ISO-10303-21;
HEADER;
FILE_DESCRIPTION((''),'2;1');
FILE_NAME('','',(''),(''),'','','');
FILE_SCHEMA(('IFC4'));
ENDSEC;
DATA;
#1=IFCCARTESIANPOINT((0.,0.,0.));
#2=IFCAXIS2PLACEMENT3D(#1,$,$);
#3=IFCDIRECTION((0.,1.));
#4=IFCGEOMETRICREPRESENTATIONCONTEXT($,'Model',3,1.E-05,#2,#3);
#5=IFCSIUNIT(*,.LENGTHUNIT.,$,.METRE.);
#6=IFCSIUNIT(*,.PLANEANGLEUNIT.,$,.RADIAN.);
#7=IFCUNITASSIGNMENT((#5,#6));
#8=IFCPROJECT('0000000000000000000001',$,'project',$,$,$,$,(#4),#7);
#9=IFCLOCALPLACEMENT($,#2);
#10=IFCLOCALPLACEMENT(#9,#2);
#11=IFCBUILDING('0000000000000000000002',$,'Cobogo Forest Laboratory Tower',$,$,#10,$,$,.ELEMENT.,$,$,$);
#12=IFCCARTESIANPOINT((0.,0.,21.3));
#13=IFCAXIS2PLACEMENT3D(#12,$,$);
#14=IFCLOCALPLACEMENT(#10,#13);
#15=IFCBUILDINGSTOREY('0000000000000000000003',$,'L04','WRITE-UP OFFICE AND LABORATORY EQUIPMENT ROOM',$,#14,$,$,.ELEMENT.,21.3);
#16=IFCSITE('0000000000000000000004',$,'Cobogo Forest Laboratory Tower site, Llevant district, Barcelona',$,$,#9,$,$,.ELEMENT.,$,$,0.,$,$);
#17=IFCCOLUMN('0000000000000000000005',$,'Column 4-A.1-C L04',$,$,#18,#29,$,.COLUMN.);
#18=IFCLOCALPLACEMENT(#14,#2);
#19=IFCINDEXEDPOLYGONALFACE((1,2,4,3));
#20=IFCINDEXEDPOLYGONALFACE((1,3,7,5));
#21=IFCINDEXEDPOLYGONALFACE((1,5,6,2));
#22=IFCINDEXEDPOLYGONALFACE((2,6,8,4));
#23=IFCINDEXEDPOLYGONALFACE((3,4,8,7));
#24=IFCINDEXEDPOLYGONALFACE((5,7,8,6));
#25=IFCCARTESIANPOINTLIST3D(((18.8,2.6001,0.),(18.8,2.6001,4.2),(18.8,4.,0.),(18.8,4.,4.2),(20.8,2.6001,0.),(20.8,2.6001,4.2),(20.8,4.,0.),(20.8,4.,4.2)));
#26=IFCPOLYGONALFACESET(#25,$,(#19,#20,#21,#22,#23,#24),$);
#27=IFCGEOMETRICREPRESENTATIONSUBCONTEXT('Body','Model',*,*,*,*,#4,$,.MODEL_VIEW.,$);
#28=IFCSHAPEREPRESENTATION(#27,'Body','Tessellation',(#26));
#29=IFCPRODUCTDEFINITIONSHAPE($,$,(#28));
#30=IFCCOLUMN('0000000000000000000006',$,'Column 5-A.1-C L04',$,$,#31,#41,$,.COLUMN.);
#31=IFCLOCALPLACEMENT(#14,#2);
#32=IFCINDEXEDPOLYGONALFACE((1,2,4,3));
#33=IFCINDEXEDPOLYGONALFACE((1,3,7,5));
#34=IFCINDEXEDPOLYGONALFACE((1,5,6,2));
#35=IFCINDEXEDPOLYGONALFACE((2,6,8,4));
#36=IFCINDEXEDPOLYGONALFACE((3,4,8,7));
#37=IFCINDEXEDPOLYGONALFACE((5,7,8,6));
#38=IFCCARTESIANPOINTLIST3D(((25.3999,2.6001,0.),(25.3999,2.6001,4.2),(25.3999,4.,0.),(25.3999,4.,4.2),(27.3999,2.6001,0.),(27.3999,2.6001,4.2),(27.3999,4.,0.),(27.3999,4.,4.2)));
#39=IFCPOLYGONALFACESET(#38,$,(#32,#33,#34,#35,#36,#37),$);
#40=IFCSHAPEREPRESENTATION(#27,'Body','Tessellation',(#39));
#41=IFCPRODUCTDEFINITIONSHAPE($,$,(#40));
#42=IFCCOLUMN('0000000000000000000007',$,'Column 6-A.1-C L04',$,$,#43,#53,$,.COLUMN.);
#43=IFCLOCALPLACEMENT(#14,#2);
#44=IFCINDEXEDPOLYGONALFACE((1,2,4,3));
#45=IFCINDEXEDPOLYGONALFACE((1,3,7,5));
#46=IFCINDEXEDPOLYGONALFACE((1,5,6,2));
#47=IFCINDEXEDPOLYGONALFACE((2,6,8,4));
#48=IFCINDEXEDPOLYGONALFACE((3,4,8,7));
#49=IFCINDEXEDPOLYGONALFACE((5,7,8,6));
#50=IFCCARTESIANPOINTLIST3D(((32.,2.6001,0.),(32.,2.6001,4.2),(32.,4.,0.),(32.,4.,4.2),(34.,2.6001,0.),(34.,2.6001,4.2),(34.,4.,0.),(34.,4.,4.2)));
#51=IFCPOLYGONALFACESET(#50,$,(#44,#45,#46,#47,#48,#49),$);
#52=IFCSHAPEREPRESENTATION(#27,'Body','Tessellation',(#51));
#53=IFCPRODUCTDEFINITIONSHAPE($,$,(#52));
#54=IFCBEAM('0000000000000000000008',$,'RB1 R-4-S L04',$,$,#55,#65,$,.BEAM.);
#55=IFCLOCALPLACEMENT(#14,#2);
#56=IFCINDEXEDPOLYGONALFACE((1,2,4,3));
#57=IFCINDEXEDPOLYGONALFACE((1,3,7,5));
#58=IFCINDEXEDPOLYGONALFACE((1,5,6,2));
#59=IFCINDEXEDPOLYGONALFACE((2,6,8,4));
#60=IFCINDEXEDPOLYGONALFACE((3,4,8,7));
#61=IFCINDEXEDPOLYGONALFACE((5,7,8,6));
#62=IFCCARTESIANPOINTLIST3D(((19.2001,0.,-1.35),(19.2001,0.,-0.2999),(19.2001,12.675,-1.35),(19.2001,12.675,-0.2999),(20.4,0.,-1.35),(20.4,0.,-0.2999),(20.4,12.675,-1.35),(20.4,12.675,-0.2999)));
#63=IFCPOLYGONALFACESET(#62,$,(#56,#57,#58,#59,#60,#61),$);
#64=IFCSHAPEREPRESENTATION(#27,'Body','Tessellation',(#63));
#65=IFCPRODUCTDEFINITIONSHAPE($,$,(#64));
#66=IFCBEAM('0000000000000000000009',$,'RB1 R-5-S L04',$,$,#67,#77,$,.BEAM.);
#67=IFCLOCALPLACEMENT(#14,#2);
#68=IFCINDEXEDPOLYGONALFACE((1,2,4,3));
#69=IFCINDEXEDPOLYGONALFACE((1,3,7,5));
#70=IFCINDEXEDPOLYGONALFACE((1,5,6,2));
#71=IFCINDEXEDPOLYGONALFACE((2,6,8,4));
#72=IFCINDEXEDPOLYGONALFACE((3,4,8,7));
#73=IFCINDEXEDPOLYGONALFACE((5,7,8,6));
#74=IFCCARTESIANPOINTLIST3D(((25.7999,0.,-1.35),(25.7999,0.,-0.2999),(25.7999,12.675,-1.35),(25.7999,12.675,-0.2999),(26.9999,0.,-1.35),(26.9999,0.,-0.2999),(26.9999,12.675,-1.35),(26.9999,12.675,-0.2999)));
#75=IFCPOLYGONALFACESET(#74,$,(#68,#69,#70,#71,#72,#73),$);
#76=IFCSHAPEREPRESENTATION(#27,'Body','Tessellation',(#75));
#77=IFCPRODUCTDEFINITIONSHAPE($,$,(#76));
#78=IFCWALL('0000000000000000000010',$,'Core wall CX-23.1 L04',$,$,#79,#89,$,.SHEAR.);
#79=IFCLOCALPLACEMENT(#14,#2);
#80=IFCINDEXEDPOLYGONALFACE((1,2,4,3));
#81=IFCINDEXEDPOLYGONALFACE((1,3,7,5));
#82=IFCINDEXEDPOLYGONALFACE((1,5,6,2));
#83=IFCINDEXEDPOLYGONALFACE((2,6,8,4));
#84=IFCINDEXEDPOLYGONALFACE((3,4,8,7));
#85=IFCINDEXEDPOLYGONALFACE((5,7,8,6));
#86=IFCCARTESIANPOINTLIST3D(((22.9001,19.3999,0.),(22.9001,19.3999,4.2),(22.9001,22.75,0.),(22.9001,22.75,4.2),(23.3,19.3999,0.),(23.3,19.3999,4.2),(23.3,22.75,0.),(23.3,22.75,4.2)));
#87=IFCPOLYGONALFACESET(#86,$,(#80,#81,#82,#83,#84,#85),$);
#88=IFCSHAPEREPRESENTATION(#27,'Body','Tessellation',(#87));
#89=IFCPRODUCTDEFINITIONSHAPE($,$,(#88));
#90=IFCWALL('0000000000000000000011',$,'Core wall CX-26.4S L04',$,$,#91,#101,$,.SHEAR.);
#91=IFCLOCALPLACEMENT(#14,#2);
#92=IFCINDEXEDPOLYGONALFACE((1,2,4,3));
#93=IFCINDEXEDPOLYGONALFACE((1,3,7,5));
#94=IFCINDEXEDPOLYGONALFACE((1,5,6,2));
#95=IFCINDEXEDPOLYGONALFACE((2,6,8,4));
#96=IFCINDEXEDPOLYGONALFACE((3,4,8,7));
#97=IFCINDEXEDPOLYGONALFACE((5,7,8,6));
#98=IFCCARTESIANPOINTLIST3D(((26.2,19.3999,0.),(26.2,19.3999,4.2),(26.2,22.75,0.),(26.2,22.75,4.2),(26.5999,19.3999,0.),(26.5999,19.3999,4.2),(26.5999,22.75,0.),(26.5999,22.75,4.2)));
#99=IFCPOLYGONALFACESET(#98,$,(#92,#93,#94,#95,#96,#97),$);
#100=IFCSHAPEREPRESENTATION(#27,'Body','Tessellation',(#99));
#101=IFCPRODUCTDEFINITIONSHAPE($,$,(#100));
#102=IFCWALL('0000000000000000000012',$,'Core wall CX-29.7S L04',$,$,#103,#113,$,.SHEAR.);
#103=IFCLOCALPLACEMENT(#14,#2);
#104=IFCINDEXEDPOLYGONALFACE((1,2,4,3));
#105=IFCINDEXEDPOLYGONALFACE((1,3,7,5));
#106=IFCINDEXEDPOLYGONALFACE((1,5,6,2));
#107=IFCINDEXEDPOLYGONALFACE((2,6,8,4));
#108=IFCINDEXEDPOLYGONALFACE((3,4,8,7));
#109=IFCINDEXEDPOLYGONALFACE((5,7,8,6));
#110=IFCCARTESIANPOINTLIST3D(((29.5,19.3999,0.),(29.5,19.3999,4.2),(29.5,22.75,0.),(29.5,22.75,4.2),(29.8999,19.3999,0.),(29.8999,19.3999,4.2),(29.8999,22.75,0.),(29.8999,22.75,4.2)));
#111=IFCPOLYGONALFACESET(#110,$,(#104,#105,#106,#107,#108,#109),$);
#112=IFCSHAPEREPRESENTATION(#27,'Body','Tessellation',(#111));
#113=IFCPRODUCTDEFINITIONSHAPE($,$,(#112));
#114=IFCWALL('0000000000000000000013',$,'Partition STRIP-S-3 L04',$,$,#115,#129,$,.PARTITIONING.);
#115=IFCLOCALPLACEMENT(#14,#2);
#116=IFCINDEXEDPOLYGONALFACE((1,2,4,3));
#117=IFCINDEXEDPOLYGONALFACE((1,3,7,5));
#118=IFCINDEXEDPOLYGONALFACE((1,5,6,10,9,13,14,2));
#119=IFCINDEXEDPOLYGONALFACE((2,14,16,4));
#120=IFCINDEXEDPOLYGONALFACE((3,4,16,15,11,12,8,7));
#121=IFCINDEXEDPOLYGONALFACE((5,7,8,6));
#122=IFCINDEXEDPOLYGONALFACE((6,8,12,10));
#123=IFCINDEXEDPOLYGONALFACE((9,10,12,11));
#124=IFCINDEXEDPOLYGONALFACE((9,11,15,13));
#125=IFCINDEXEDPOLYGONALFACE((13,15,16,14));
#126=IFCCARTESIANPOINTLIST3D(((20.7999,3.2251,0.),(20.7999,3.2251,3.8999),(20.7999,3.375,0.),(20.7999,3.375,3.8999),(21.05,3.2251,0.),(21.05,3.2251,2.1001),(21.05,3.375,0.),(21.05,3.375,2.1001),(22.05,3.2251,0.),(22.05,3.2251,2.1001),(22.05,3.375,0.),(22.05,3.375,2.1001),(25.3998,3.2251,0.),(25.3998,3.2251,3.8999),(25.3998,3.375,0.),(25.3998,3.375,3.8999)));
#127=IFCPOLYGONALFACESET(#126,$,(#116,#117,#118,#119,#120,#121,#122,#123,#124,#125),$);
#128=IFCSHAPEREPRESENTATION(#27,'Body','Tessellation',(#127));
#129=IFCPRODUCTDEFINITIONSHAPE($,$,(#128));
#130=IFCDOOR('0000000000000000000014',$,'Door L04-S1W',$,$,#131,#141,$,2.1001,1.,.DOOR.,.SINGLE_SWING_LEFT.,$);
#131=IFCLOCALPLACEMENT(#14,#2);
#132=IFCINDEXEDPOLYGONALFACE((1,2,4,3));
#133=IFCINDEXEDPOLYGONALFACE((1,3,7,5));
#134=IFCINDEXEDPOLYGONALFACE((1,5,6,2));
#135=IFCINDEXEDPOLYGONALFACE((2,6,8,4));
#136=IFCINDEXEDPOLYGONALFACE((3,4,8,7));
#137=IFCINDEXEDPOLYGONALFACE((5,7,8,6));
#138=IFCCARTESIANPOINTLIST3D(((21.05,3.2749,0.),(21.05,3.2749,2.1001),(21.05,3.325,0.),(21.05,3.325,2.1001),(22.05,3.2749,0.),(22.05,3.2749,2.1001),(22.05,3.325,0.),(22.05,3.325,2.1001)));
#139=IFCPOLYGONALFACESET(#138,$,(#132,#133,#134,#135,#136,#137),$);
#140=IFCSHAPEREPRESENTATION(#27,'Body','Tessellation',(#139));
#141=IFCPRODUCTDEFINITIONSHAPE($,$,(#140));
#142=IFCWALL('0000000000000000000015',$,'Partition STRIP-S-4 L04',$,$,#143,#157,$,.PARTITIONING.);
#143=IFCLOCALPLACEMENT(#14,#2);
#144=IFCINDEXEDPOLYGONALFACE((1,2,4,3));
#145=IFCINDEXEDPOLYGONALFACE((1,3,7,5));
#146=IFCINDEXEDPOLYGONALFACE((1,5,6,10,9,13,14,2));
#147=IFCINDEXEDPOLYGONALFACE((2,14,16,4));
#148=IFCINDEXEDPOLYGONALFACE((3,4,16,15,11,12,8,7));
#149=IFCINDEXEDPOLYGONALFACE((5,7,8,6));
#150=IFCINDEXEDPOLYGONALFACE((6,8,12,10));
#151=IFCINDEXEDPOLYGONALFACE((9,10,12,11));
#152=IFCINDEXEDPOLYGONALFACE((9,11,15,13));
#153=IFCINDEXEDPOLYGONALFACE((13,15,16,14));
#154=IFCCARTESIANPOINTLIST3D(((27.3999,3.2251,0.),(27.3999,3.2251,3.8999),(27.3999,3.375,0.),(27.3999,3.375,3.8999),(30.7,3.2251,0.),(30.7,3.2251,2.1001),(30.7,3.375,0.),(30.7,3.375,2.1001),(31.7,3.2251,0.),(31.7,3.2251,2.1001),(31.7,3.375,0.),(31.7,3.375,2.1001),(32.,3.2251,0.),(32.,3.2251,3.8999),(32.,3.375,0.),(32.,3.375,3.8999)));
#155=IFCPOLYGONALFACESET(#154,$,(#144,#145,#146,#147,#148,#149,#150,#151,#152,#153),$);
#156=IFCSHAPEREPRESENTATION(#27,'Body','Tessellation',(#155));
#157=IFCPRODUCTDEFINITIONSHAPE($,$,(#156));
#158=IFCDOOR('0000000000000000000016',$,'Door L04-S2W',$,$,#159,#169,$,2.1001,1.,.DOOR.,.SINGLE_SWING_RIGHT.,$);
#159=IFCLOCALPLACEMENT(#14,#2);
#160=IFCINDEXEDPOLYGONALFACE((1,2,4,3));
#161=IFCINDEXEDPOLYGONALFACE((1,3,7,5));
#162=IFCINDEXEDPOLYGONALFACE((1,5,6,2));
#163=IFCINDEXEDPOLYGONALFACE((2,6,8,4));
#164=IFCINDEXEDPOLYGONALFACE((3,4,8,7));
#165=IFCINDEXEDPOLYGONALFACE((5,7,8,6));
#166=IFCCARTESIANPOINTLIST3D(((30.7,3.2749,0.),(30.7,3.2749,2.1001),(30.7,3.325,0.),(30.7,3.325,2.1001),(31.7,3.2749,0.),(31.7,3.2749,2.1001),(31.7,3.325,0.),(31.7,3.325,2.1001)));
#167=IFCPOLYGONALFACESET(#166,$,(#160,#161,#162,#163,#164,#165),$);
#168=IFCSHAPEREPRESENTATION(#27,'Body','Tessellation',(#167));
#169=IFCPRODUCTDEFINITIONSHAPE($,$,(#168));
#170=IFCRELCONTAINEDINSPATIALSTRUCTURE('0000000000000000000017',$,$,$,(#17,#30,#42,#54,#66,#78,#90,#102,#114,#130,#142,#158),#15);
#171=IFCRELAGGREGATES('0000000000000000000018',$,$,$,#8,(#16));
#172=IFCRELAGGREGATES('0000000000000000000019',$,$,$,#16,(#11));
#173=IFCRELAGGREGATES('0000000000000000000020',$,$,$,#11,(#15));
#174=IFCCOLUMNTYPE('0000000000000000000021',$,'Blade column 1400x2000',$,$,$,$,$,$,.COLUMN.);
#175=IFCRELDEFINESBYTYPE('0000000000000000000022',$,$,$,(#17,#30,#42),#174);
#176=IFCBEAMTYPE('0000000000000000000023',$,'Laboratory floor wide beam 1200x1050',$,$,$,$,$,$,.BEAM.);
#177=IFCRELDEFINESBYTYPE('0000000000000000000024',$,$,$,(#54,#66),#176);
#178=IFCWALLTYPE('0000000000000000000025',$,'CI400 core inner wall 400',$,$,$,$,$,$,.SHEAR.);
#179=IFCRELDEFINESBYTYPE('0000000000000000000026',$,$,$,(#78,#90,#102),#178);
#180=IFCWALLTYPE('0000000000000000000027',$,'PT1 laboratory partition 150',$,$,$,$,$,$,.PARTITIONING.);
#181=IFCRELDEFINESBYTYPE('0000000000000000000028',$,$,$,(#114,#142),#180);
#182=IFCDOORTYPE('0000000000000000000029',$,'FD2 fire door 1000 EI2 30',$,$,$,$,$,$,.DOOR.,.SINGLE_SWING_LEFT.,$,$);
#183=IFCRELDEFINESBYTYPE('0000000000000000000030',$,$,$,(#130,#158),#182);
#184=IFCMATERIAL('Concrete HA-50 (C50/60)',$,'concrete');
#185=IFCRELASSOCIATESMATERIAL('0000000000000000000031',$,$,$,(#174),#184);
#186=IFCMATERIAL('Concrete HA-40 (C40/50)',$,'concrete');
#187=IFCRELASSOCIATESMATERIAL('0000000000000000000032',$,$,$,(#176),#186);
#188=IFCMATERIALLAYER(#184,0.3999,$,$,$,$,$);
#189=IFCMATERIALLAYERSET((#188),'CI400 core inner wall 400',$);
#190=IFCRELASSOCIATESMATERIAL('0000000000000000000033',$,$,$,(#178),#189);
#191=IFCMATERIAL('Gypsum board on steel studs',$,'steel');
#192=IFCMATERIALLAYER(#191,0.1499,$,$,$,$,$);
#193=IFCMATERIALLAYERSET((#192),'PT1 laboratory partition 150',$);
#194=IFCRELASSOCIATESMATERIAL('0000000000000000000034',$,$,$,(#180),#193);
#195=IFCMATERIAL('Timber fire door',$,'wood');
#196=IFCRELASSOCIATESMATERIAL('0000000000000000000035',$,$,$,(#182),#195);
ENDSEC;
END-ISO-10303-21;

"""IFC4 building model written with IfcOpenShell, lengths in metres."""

from ifc_helpers import new_model, si_unit, direction, frame, frame_2d, origin, origin_2d, place, context, subcontext, project, spatial, rectangle, extrude, material, layer, layer_set, material_profile, profile_set, type_object, element, fill, save


model = new_model("IFC4")

# Units and contexts
model_context = context("Model", 3, precision=1e-05, world=origin(), true_north=direction((0.0, 1.0)))
body_context = subcontext(model_context, "Body", "Model", "MODEL_VIEW")
ifc_project = project(units=[si_unit("LENGTHUNIT", "METRE"), si_unit("PLANEANGLEUNIT", "RADIAN")], contexts=[model_context])

# Site, building, storey
site_placement = place(None, origin())
site = spatial("IfcSite", under=ifc_project, at=site_placement, Name="Cobogo Forest Laboratory Tower site, Llevant district, Barcelona", CompositionType="ELEMENT", RefElevation=0.0)
building_placement = place(site_placement, origin())
building = spatial("IfcBuilding", under=site, at=building_placement, Name="Cobogo Forest Laboratory Tower", CompositionType="ELEMENT")
storey_placement = place(building_placement, frame((0.0, 0.0, 21.3)))
storey = spatial("IfcBuildingStorey", under=building, at=storey_placement, Name="L04", Description="WRITE-UP OFFICE AND LABORATORY EQUIPMENT ROOM", CompositionType="ELEMENT", Elevation=21.3)

# Columns
ifc_material_1 = material(Name="Concrete HA-50 (C50/60)", Category="concrete")
ifc_material_profile_1 = material_profile(ifc_material_1, rectangle(XDim=2.0, YDim=1.3999, at=origin_2d()), Name="RC 1400x2000")
ifc_profile_set_1 = profile_set([ifc_material_profile_1], Name="Concrete HA-50 (C50/60)")
column_type = type_object("IfcColumnType", Name="Blade column 1400x2000", PredefinedType="COLUMN", material=ifc_profile_set_1)
for number, where, z_axis, x_axis, name in (
    (1, (19.8, 3.3, 0.0), (0.0, 0.0, 1.0), (1.0, 0.0, 0.0), "Column 4-A.1-C L04"),
    (2, (26.3999, 3.3, 0.0), (0.0, 0.0, 1.0), (1.0, 0.0, 0.0), "Column 5-A.1-C L04"),
    (3, (33.0, 3.3, 0.0), (0.0, 0.0, 1.0), (1.0, 0.0, 0.0), "Column 6-A.1-C L04"),
):
    element("IfcColumn", number, at=place(storey_placement, frame(where, z_axis=z_axis, x_axis=x_axis)), inside=storey, type_object=column_type, Name=name, PredefinedType="COLUMN", context=body_context, shape_type="SweptSolid", body=[
        extrude(rectangle(XDim=2.0, YDim=1.3999, at=origin_2d()), origin(), (0.0, 0.0, 1.0), 4.2),
    ])

# Beams
ifc_material_2 = material(Name="Concrete HA-40 (C40/50)", Category="concrete")
ifc_material_profile_2 = material_profile(ifc_material_2, rectangle(XDim=1.2, YDim=1.05, at=origin_2d()), Name="RC 1200x1050")
ifc_profile_set_2 = profile_set([ifc_material_profile_2], Name="Concrete HA-40 (C40/50)")
beam_type = type_object("IfcBeamType", Name="Laboratory floor wide beam 1200x1050", PredefinedType="BEAM", material=ifc_profile_set_2)
for number, where, z_axis, x_axis, name in (
    (4, (19.8, 12.675, -0.825), (0.0, -1.0, 0.0), (1.0, 0.0, 0.0), "RB1 R-4-S L04"),
    (5, (26.3999, 12.675, -0.825), (0.0, -1.0, 0.0), (1.0, 0.0, 0.0), "RB1 R-5-S L04"),
):
    element("IfcBeam", number, at=place(storey_placement, frame(where, z_axis=z_axis, x_axis=x_axis)), inside=storey, type_object=beam_type, Name=name, PredefinedType="BEAM", context=body_context, shape_type="SweptSolid", body=[
        extrude(rectangle(XDim=1.2, YDim=1.05, at=origin_2d()), origin(), (0.0, 0.0, 1.0), 12.675),
    ])

# Walls
ifc_layer_1 = layer(ifc_material_1, 0.3999)
ifc_layer_set_1 = layer_set([ifc_layer_1], Name="CI400 core inner wall 400")
wall_type_1 = type_object("IfcWallType", Name="CI400 core inner wall 400", PredefinedType="SHEAR", material=ifc_layer_set_1)
for number, where, z_axis, x_axis, name in (
    (6, (23.1001, 19.3999, 0.0), (0.0, 0.0, 1.0), (0.0, 1.0, 0.0), "Core wall CX-23.1 L04"),
    (7, (26.3999, 19.3999, 0.0), (0.0, 0.0, 1.0), (0.0, 1.0, 0.0), "Core wall CX-26.4S L04"),
    (8, (29.7, 19.3999, 0.0), (0.0, 0.0, 1.0), (0.0, 1.0, 0.0), "Core wall CX-29.7S L04"),
):
    element("IfcWall", number, at=place(storey_placement, frame(where, z_axis=z_axis, x_axis=x_axis)), inside=storey, type_object=wall_type_1, Name=name, PredefinedType="SHEAR", context=body_context, shape_type="SweptSolid", body=[
        extrude(rectangle(XDim=3.3501, YDim=0.3999, at=frame_2d((1.675, 0.0))), origin(), (0.0, 0.0, 1.0), 4.2),
    ])

# Walls, openings, doors
ifc_material_3 = material(Name="Gypsum board on steel studs", Category="steel")
ifc_layer_2 = layer(ifc_material_3, 0.1499)
ifc_layer_set_2 = layer_set([ifc_layer_2], Name="PT1 laboratory partition 150")
wall_type_2 = type_object("IfcWallType", Name="PT1 laboratory partition 150", PredefinedType="PARTITIONING", material=ifc_layer_set_2)
wall_1_placement = place(storey_placement, frame((20.8, 3.3, 0.0), z_axis=(0.0, 0.0, 1.0), x_axis=(1.0, 0.0, 0.0)))
wall_1 = element("IfcWall", 9, at=wall_1_placement, inside=storey, type_object=wall_type_2, Name="Partition STRIP-S-3 L04", PredefinedType="PARTITIONING", context=body_context, shape_type="SweptSolid", body=[
    extrude(rectangle(XDim=4.5999, YDim=0.1499, at=frame_2d((2.2998, 0.0))), origin(), (0.0, 0.0, 1.0), 3.8999),
])
opening_1_placement = place(wall_1_placement, frame((0.25, 0.0, 0.0)))
opening_1 = element("IfcOpeningElement", 10, at=opening_1_placement, cuts=wall_1, PredefinedType="OPENING", context=body_context, shape_type="SweptSolid", body=[
    extrude(rectangle(XDim=1.0, YDim=2.1001, at=frame_2d((0.5, 1.05))), frame((0.0, 0.085, 0.0), z_axis=(0.0, -1.0, 0.0), x_axis=(1.0, 0.0, 0.0)), (0.0, 0.0, 1.0), 0.1699),
])
ifc_material_4 = material(Name="Timber fire door", Category="wood")
door_type_1 = type_object("IfcDoorType", Name="FD2 fire door 1000 EI2 30", OperationType="SINGLE_SWING_LEFT", PredefinedType="DOOR", material=ifc_material_4)
door_1_placement = place(opening_1_placement, origin())
door_1 = element("IfcDoor", 11, at=door_1_placement, inside=storey, type_object=door_type_1, Name="Door L04-S1W", OperationType="SINGLE_SWING_LEFT", OverallHeight=2.1001, OverallWidth=1.0, PredefinedType="DOOR", context=body_context, shape_type="SweptSolid", body=[
    extrude(rectangle(XDim=1.0, YDim=2.1001, at=frame_2d((0.5, 1.05))), frame((0.0, 0.0249, 0.0), z_axis=(0.0, -1.0, 0.0), x_axis=(1.0, 0.0, 0.0)), (0.0, 0.0, 1.0), 0.05),
])
fill(opening_1, door_1)
wall_2_placement = place(storey_placement, frame((27.3999, 3.3, 0.0), z_axis=(0.0, 0.0, 1.0), x_axis=(1.0, 0.0, 0.0)))
wall_2 = element("IfcWall", 12, at=wall_2_placement, inside=storey, type_object=wall_type_2, Name="Partition STRIP-S-4 L04", PredefinedType="PARTITIONING", context=body_context, shape_type="SweptSolid", body=[
    extrude(rectangle(XDim=4.6001, YDim=0.1499, at=frame_2d((2.3, 0.0))), origin(), (0.0, 0.0, 1.0), 3.8999),
])
opening_2_placement = place(wall_2_placement, frame((3.3, 0.0, 0.0)))
opening_2 = element("IfcOpeningElement", 13, at=opening_2_placement, cuts=wall_2, PredefinedType="OPENING", context=body_context, shape_type="SweptSolid", body=[
    extrude(rectangle(XDim=1.0, YDim=2.1001, at=frame_2d((0.5, 1.05))), frame((0.0, 0.085, 0.0), z_axis=(0.0, -1.0, 0.0), x_axis=(1.0, 0.0, 0.0)), (0.0, 0.0, 1.0), 0.1699),
])
door_2_placement = place(opening_2_placement, origin())
door_2 = element("IfcDoor", 14, at=door_2_placement, inside=storey, type_object=door_type_1, Name="Door L04-S2W", OperationType="SINGLE_SWING_RIGHT", OverallHeight=2.1001, OverallWidth=1.0, PredefinedType="DOOR", context=body_context, shape_type="SweptSolid", body=[
    extrude(rectangle(XDim=1.0, YDim=2.1001, at=frame_2d((0.5, 1.05))), frame((0.0, 0.0249, 0.0), z_axis=(0.0, -1.0, 0.0), x_axis=(1.0, 0.0, 0.0)), (0.0, 0.0, 1.0), 0.05),
])
fill(opening_2, door_2)

save(model, "model.ifc")
